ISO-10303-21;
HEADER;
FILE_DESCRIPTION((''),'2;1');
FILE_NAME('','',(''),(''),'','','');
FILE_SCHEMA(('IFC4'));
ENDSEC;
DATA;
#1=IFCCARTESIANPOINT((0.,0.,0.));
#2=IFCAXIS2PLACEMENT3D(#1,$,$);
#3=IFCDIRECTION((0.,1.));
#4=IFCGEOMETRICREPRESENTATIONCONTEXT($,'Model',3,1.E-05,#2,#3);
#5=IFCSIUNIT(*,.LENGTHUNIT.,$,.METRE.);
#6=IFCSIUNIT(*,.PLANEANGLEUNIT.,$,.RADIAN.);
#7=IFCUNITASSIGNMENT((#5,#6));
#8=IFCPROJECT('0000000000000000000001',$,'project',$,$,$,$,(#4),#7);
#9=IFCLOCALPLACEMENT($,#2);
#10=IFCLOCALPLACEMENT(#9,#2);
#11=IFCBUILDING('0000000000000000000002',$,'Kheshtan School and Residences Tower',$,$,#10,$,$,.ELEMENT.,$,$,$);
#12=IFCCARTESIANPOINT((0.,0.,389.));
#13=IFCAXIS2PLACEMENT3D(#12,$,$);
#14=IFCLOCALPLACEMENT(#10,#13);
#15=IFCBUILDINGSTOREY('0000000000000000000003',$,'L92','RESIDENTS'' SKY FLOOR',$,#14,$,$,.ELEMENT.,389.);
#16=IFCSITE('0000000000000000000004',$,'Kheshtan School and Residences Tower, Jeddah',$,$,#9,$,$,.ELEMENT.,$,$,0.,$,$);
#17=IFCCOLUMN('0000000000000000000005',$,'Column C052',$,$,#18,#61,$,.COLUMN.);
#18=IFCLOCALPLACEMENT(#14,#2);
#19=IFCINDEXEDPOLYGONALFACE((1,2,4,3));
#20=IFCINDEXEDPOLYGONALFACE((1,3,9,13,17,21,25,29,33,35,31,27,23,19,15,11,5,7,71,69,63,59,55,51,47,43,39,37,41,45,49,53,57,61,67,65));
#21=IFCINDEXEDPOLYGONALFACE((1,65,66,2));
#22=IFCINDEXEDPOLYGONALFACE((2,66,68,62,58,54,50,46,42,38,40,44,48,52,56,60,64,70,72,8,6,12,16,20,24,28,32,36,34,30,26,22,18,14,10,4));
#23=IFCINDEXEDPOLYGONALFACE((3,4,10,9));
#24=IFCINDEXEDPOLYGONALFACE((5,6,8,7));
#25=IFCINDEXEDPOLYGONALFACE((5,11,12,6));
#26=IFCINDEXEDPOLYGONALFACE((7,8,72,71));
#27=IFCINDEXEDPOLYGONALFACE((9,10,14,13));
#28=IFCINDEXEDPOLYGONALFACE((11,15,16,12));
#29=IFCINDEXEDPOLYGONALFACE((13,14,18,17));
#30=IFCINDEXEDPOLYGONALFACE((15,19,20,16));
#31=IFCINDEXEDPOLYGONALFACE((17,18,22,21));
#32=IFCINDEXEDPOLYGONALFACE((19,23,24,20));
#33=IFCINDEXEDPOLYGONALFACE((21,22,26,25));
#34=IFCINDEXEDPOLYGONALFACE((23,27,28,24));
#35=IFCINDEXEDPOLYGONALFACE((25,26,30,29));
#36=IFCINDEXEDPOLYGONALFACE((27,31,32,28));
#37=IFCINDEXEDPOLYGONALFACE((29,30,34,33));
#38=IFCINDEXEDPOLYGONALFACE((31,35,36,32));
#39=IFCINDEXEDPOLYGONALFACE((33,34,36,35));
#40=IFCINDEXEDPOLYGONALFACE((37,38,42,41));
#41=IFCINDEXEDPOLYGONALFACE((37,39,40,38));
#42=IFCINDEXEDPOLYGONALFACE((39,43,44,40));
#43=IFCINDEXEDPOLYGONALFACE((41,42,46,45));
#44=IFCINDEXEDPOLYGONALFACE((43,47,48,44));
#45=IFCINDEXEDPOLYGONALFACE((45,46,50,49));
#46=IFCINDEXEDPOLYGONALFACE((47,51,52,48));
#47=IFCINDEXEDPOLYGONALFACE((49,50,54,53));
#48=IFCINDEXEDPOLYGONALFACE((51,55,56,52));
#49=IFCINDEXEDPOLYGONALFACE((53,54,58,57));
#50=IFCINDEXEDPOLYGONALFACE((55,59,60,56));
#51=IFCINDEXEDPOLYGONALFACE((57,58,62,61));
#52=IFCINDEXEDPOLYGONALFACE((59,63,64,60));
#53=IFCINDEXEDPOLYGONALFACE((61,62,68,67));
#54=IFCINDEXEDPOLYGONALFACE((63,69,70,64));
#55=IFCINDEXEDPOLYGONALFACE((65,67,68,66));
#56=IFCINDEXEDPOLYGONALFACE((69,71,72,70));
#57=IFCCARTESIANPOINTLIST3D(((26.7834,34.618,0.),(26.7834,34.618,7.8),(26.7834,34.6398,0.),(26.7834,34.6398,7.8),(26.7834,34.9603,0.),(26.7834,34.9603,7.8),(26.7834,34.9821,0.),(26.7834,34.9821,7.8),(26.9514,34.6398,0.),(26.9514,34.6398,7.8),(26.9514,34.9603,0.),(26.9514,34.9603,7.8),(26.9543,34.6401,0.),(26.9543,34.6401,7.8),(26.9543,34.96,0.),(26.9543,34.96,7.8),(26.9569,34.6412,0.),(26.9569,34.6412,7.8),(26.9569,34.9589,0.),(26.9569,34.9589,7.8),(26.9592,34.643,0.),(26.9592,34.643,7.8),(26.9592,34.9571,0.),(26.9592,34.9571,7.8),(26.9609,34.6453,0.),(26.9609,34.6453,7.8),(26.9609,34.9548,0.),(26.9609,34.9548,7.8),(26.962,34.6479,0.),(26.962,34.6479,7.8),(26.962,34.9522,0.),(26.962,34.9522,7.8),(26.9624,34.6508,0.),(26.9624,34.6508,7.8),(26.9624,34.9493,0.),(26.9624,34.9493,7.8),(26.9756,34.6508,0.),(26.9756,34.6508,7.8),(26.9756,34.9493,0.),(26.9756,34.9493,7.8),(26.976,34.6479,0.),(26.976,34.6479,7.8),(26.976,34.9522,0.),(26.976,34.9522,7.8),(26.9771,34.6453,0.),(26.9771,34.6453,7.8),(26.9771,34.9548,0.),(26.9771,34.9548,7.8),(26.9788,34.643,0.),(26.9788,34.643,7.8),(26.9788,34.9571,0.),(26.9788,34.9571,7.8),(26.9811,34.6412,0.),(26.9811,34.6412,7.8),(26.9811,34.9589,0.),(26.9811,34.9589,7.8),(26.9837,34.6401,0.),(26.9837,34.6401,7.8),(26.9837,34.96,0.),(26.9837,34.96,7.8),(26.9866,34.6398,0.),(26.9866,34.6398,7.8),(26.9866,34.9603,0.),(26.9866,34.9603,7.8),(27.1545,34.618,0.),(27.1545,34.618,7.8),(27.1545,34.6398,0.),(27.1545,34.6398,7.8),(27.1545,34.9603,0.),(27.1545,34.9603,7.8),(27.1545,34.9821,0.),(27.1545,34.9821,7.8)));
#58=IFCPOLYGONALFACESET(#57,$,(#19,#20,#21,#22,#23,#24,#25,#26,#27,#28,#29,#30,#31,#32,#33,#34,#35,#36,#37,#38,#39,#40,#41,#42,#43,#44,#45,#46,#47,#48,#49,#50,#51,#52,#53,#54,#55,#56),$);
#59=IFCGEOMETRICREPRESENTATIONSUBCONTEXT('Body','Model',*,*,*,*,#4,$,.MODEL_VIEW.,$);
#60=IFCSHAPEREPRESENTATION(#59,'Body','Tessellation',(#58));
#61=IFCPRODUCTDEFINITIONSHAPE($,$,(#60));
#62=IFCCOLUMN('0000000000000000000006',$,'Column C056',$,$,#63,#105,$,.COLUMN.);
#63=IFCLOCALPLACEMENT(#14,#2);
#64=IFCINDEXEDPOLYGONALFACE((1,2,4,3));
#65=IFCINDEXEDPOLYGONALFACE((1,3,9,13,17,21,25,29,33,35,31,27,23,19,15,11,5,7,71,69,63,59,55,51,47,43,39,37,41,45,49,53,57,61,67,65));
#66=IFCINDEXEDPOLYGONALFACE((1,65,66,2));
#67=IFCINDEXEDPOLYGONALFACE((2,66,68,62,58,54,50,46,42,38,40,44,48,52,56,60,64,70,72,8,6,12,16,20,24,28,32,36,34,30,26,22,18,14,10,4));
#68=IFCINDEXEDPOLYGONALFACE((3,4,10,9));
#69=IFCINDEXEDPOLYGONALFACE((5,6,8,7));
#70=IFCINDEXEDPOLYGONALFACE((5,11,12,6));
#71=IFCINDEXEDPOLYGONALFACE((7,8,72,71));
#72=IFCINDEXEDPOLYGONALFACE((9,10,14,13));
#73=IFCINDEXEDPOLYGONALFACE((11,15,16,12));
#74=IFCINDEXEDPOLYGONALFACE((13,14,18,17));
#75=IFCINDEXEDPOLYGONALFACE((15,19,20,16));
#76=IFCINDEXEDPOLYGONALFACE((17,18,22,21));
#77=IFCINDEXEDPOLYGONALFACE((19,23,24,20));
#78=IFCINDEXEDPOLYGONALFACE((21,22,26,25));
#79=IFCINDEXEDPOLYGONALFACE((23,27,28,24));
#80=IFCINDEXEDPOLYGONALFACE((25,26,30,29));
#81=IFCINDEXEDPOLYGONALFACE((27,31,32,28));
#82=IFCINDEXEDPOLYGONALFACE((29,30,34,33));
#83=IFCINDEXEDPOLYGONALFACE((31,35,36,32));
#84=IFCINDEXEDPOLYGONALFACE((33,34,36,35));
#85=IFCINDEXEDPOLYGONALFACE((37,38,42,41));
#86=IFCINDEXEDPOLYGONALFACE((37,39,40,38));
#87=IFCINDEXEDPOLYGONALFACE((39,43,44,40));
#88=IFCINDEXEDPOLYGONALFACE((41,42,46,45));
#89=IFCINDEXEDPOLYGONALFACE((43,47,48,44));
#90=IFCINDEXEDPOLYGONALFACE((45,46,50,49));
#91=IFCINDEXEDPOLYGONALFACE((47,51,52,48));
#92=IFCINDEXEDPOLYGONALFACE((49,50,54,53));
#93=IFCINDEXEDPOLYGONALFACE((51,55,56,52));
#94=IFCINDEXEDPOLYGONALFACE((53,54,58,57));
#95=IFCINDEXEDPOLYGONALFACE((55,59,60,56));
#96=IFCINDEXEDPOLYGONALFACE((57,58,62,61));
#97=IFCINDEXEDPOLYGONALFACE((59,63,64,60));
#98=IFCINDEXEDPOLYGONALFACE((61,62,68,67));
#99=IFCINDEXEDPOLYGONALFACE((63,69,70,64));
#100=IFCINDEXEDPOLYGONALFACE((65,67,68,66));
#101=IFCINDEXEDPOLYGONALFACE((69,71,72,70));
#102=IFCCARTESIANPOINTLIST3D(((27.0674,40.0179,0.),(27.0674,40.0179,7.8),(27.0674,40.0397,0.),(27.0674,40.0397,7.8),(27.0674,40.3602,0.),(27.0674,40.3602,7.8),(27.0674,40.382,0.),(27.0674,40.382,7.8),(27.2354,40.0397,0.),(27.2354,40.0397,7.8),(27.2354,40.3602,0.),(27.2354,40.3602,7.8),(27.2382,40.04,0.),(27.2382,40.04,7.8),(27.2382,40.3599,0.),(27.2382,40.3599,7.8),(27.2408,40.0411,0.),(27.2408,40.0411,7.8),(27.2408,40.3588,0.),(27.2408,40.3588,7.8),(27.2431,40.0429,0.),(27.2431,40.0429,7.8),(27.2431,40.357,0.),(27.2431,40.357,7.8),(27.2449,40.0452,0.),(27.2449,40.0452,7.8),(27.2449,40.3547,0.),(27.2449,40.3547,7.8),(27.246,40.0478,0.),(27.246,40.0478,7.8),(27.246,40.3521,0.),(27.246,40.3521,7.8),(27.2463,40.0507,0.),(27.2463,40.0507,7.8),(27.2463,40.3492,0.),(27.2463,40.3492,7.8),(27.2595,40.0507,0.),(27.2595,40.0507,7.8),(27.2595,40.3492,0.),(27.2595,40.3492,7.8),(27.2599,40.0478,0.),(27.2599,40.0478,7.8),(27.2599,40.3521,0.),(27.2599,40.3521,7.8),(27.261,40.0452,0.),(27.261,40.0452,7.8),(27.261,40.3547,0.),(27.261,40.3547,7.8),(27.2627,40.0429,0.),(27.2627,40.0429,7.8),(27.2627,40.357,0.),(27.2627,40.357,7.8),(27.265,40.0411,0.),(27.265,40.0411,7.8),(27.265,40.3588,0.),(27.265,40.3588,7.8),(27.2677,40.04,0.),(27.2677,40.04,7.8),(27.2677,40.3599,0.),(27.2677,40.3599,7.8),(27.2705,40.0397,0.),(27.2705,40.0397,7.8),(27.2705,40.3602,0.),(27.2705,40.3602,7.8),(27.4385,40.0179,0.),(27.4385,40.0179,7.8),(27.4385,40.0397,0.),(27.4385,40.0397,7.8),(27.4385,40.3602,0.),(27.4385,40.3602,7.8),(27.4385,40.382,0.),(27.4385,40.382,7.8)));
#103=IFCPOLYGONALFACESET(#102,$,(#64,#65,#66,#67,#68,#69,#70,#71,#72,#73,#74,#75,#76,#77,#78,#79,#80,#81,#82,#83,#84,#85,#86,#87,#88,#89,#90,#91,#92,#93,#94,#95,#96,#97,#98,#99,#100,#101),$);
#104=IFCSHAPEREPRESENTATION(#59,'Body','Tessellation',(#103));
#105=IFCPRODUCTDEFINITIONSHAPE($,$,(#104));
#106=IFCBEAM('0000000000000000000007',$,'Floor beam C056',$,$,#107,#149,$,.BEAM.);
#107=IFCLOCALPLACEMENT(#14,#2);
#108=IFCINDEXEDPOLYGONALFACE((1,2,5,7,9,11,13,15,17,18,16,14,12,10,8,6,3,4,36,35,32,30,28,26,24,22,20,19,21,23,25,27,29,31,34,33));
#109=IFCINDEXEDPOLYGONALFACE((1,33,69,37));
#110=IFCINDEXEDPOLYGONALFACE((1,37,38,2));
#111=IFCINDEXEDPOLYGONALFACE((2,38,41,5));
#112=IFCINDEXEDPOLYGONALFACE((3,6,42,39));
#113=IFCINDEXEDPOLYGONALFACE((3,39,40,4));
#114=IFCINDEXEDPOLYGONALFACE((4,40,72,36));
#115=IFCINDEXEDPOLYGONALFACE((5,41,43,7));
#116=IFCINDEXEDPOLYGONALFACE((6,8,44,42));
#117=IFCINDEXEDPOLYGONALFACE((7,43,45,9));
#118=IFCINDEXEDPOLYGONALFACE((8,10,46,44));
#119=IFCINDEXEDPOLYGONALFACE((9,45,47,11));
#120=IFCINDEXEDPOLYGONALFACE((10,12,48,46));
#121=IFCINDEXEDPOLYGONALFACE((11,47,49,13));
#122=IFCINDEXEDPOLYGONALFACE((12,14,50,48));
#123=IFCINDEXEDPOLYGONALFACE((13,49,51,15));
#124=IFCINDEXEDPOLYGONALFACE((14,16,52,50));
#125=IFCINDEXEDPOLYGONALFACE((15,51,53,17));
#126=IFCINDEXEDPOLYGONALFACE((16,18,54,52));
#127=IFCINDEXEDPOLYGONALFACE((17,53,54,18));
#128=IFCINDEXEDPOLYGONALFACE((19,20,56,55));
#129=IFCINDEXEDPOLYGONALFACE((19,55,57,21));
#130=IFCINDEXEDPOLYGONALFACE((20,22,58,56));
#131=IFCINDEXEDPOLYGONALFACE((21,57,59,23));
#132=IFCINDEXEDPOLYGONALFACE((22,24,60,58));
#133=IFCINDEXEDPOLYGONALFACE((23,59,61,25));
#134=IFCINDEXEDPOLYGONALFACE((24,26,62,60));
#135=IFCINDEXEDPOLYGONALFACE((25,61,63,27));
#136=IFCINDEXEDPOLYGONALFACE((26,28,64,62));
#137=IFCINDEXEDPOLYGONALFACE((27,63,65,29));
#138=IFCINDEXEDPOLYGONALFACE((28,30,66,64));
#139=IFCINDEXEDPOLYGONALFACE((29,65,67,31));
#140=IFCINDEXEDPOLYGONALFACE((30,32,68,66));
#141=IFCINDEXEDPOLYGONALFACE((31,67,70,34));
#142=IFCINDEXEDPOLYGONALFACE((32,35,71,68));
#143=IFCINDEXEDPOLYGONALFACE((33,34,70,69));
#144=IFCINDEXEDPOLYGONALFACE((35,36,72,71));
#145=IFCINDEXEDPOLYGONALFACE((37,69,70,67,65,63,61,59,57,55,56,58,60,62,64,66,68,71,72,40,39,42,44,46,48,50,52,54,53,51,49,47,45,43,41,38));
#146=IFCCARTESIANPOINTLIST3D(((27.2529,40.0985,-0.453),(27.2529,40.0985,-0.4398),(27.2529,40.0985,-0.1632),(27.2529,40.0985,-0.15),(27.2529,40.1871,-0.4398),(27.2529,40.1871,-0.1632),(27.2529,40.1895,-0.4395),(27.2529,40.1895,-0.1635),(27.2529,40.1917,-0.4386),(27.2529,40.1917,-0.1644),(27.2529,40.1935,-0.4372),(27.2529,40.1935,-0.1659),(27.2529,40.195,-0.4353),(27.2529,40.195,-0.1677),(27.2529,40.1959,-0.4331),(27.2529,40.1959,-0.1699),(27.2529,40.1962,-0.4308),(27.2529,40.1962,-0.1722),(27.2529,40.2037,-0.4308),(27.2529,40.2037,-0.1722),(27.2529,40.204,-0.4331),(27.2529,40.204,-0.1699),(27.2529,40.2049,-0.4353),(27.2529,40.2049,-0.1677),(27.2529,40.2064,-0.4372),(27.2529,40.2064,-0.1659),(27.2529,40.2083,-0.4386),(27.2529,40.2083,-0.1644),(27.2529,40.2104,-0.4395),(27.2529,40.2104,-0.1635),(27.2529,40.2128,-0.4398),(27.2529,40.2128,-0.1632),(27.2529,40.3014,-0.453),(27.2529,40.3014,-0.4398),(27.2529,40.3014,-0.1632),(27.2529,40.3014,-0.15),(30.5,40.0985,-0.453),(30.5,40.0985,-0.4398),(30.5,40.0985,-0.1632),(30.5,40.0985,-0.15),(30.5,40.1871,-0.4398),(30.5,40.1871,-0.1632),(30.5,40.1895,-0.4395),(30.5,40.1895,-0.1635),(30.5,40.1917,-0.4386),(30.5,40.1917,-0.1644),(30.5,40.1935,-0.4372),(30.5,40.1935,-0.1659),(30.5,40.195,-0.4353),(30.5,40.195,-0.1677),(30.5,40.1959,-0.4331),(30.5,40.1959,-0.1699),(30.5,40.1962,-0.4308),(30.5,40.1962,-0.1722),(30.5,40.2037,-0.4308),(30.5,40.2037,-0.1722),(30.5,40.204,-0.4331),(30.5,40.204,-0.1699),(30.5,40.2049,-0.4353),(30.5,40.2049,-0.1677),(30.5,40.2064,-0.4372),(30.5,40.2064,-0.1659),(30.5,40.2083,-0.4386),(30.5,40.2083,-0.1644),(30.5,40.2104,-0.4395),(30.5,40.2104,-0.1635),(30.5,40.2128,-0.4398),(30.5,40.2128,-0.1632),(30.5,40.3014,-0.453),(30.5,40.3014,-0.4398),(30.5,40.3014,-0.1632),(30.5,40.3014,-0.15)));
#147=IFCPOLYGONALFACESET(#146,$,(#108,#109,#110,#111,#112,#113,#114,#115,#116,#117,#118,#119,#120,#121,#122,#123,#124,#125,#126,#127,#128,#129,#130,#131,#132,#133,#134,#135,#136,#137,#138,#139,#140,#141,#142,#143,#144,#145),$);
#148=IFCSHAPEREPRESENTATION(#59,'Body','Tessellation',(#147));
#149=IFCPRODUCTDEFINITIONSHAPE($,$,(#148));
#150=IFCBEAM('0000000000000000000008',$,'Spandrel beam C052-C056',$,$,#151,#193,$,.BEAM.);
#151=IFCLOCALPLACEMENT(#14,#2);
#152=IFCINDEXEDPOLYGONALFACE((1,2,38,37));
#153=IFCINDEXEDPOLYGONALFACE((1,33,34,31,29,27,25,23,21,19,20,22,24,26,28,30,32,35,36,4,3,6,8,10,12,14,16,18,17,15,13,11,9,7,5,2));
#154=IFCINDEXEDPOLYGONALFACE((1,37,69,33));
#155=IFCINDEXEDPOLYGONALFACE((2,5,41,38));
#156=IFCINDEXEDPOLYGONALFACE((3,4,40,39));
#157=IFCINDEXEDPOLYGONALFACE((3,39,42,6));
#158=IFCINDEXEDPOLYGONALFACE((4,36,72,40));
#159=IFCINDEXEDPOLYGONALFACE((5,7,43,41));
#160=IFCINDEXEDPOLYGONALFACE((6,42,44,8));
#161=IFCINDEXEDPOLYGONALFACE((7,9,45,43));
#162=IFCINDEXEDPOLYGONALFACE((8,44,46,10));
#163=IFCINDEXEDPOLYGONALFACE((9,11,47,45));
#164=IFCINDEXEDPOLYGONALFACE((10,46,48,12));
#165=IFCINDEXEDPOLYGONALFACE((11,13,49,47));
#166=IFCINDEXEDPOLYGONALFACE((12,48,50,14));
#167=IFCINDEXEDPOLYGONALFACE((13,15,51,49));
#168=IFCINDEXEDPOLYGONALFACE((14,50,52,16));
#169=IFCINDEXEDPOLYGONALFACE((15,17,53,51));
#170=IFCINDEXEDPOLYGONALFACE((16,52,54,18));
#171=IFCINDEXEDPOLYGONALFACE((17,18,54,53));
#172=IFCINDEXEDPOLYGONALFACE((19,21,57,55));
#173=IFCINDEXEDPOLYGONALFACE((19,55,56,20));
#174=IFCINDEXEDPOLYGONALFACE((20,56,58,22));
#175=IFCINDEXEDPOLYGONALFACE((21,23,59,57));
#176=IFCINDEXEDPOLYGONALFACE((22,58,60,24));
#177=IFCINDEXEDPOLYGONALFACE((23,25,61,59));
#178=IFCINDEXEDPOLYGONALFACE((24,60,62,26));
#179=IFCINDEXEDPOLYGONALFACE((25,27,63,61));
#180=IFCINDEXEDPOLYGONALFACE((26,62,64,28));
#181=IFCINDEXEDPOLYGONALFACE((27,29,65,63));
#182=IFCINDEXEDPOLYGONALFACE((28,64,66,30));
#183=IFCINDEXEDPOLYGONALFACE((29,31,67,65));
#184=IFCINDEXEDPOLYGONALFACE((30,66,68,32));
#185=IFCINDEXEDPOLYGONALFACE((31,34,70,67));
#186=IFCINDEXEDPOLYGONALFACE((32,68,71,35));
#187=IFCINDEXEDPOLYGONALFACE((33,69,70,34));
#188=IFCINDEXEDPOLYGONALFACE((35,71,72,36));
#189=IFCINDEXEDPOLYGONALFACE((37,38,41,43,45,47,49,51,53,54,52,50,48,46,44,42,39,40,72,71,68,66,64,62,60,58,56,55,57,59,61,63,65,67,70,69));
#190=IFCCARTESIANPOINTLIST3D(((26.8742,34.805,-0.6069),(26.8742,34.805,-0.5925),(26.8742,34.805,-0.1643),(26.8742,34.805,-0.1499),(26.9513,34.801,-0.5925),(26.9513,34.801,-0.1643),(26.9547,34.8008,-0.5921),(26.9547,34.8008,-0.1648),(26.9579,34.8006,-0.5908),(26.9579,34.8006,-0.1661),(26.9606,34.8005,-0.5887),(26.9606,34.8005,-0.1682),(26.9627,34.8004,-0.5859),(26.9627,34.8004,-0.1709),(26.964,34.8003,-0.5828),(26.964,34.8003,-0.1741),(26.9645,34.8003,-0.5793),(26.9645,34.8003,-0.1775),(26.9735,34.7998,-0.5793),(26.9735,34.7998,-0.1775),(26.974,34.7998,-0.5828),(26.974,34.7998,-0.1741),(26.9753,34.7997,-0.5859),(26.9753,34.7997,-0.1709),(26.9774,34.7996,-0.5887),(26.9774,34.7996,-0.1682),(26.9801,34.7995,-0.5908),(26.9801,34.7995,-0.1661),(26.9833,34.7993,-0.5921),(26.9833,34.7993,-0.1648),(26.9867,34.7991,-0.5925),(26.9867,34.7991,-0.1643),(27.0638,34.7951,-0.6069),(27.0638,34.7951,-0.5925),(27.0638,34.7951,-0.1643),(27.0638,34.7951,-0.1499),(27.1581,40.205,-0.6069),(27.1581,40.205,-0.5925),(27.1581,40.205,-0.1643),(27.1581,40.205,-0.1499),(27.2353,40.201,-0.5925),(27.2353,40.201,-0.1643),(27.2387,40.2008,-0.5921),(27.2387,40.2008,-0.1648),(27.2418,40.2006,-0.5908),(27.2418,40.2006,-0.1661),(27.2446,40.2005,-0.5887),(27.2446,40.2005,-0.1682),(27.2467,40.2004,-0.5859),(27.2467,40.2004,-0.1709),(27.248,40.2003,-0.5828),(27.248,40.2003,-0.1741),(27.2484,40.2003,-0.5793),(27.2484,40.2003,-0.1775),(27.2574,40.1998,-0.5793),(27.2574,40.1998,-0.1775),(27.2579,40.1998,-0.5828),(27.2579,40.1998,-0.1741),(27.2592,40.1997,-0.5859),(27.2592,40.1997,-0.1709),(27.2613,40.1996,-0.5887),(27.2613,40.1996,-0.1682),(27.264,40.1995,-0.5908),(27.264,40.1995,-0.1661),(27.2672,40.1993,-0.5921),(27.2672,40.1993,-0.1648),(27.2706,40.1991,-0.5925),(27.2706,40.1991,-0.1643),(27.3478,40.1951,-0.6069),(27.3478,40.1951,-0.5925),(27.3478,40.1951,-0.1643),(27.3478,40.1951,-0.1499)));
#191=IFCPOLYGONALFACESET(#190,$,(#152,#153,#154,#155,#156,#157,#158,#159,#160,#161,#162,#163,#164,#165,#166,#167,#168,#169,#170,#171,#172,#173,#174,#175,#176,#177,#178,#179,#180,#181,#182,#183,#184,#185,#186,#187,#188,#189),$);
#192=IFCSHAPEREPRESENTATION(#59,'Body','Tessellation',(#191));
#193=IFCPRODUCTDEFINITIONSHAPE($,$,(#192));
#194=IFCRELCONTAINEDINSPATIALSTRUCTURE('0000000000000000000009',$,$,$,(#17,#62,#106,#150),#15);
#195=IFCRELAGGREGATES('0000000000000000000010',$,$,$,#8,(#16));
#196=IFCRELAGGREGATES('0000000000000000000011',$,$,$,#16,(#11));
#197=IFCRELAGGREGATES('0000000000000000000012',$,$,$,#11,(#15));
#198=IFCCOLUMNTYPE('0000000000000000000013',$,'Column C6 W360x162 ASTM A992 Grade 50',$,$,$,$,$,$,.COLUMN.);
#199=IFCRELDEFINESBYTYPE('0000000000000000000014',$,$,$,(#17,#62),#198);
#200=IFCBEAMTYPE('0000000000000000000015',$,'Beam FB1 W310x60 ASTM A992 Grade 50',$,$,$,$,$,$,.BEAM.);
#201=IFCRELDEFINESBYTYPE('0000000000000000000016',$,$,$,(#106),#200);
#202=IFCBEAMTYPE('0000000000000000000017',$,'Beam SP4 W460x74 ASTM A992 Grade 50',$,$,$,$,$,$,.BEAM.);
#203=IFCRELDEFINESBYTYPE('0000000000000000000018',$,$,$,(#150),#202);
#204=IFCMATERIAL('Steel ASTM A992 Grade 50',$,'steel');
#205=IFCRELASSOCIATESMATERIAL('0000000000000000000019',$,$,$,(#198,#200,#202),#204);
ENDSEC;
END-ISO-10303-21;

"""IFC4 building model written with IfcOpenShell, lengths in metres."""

from ifc_helpers import new_model, si_unit, direction, frame, origin, origin_2d, place, context, subcontext, project, spatial, i_section, extrude, material, material_profile, profile_set, type_object, element, save


model = new_model("IFC4")

# Units and contexts
model_context = context("Model", 3, precision=1e-05, world=origin(), true_north=direction((0.0, 1.0)))
body_context = subcontext(model_context, "Body", "Model", "MODEL_VIEW")
ifc_project = project(units=[si_unit("LENGTHUNIT", "METRE"), si_unit("PLANEANGLEUNIT", "RADIAN")], contexts=[model_context])

# Site, building, storey
site_placement = place(None, origin())
site = spatial("IfcSite", under=ifc_project, at=site_placement, Name="Kheshtan School and Residences Tower, Jeddah", CompositionType="ELEMENT", RefElevation=0.0)
building_placement = place(site_placement, origin())
building = spatial("IfcBuilding", under=site, at=building_placement, Name="Kheshtan School and Residences Tower", CompositionType="ELEMENT")
storey_placement = place(building_placement, frame((0.0, 0.0, 389.0)))
storey = spatial("IfcBuildingStorey", under=building, at=storey_placement, Name="L92", Description="RESIDENTS' SKY FLOOR", CompositionType="ELEMENT", Elevation=389.0)

# Columns
ifc_material_1 = material(Name="Steel ASTM A992 Grade 50", Category="steel")
ifc_material_profile_1 = material_profile(ifc_material_1, i_section(OverallWidth=0.3711, OverallDepth=0.364, WebThickness=0.0132, FlangeThickness=0.0217, FilletRadius=0.011, at=origin_2d()), Name="W360x162")
ifc_profile_set_1 = profile_set([ifc_material_profile_1], Name="Steel ASTM A992 Grade 50")
column_type = type_object("IfcColumnType", Name="Column C6 W360x162 ASTM A992 Grade 50", PredefinedType="COLUMN", material=ifc_profile_set_1)
for number, where, z_axis, x_axis, name in (
    (1, (26.969, 34.8, 0.0), (0.0, 0.0, 1.0), (1.0, 0.0, 0.0), "Column C052"),
    (2, (27.2529, 40.2, 0.0), (0.0, 0.0, 1.0), (1.0, 0.0, 0.0), "Column C056"),
):
    element("IfcColumn", number, at=place(storey_placement, frame(where, z_axis=z_axis, x_axis=x_axis)), inside=storey, type_object=column_type, Name=name, PredefinedType="COLUMN", context=body_context, shape_type="SweptSolid", body=[
        extrude(i_section(OverallWidth=0.3711, OverallDepth=0.364, WebThickness=0.0132, FlangeThickness=0.0217, FilletRadius=0.011, at=origin_2d()), origin(), (0.0, 0.0, 1.0), 7.8),
    ])

# Beams
ifc_material_profile_2 = material_profile(ifc_material_1, i_section(OverallWidth=0.2029, OverallDepth=0.303, WebThickness=0.0076, FlangeThickness=0.0132, FilletRadius=0.009, at=origin_2d()), Name="W310x60")
ifc_profile_set_2 = profile_set([ifc_material_profile_2], Name="Steel ASTM A992 Grade 50")
beam_type_1 = type_object("IfcBeamType", Name="Beam FB1 W310x60 ASTM A992 Grade 50", PredefinedType="BEAM", material=ifc_profile_set_2)
beam_1_placement = place(storey_placement, frame((27.2529, 40.2, -0.3015), z_axis=(1.0, 0.0, 0.0), x_axis=(0.0, 1.0, 0.0)))
element("IfcBeam", 3, at=beam_1_placement, inside=storey, type_object=beam_type_1, Name="Floor beam C056", PredefinedType="BEAM", context=body_context, shape_type="SweptSolid", body=[
    extrude(i_section(OverallWidth=0.2029, OverallDepth=0.303, WebThickness=0.0076, FlangeThickness=0.0132, FilletRadius=0.009, at=origin_2d()), origin(), (0.0, 0.0, 1.0), 3.2471),
])
ifc_material_profile_3 = material_profile(ifc_material_1, i_section(OverallWidth=0.1899, OverallDepth=0.457, WebThickness=0.009, FlangeThickness=0.0144, FilletRadius=0.0132, at=origin_2d()), Name="W460x74")
ifc_profile_set_3 = profile_set([ifc_material_profile_3], Name="Steel ASTM A992 Grade 50")
beam_type_2 = type_object("IfcBeamType", Name="Beam SP4 W460x74 ASTM A992 Grade 50", PredefinedType="BEAM", material=ifc_profile_set_3)
beam_2_placement = place(storey_placement, frame((26.969, 34.8, -0.3784), z_axis=(0.052509, 0.99862, 0.0), x_axis=(-0.99862, 0.052509, 0.0)))
element("IfcBeam", 4, at=beam_2_placement, inside=storey, type_object=beam_type_2, Name="Spandrel beam C052-C056", PredefinedType="BEAM", context=body_context, shape_type="SweptSolid", body=[
    extrude(i_section(OverallWidth=0.1899, OverallDepth=0.457, WebThickness=0.009, FlangeThickness=0.0144, FilletRadius=0.0132, at=origin_2d()), origin(), (0.0, 0.0, 1.0), 5.4075),
])

save(model, "model.ifc")
